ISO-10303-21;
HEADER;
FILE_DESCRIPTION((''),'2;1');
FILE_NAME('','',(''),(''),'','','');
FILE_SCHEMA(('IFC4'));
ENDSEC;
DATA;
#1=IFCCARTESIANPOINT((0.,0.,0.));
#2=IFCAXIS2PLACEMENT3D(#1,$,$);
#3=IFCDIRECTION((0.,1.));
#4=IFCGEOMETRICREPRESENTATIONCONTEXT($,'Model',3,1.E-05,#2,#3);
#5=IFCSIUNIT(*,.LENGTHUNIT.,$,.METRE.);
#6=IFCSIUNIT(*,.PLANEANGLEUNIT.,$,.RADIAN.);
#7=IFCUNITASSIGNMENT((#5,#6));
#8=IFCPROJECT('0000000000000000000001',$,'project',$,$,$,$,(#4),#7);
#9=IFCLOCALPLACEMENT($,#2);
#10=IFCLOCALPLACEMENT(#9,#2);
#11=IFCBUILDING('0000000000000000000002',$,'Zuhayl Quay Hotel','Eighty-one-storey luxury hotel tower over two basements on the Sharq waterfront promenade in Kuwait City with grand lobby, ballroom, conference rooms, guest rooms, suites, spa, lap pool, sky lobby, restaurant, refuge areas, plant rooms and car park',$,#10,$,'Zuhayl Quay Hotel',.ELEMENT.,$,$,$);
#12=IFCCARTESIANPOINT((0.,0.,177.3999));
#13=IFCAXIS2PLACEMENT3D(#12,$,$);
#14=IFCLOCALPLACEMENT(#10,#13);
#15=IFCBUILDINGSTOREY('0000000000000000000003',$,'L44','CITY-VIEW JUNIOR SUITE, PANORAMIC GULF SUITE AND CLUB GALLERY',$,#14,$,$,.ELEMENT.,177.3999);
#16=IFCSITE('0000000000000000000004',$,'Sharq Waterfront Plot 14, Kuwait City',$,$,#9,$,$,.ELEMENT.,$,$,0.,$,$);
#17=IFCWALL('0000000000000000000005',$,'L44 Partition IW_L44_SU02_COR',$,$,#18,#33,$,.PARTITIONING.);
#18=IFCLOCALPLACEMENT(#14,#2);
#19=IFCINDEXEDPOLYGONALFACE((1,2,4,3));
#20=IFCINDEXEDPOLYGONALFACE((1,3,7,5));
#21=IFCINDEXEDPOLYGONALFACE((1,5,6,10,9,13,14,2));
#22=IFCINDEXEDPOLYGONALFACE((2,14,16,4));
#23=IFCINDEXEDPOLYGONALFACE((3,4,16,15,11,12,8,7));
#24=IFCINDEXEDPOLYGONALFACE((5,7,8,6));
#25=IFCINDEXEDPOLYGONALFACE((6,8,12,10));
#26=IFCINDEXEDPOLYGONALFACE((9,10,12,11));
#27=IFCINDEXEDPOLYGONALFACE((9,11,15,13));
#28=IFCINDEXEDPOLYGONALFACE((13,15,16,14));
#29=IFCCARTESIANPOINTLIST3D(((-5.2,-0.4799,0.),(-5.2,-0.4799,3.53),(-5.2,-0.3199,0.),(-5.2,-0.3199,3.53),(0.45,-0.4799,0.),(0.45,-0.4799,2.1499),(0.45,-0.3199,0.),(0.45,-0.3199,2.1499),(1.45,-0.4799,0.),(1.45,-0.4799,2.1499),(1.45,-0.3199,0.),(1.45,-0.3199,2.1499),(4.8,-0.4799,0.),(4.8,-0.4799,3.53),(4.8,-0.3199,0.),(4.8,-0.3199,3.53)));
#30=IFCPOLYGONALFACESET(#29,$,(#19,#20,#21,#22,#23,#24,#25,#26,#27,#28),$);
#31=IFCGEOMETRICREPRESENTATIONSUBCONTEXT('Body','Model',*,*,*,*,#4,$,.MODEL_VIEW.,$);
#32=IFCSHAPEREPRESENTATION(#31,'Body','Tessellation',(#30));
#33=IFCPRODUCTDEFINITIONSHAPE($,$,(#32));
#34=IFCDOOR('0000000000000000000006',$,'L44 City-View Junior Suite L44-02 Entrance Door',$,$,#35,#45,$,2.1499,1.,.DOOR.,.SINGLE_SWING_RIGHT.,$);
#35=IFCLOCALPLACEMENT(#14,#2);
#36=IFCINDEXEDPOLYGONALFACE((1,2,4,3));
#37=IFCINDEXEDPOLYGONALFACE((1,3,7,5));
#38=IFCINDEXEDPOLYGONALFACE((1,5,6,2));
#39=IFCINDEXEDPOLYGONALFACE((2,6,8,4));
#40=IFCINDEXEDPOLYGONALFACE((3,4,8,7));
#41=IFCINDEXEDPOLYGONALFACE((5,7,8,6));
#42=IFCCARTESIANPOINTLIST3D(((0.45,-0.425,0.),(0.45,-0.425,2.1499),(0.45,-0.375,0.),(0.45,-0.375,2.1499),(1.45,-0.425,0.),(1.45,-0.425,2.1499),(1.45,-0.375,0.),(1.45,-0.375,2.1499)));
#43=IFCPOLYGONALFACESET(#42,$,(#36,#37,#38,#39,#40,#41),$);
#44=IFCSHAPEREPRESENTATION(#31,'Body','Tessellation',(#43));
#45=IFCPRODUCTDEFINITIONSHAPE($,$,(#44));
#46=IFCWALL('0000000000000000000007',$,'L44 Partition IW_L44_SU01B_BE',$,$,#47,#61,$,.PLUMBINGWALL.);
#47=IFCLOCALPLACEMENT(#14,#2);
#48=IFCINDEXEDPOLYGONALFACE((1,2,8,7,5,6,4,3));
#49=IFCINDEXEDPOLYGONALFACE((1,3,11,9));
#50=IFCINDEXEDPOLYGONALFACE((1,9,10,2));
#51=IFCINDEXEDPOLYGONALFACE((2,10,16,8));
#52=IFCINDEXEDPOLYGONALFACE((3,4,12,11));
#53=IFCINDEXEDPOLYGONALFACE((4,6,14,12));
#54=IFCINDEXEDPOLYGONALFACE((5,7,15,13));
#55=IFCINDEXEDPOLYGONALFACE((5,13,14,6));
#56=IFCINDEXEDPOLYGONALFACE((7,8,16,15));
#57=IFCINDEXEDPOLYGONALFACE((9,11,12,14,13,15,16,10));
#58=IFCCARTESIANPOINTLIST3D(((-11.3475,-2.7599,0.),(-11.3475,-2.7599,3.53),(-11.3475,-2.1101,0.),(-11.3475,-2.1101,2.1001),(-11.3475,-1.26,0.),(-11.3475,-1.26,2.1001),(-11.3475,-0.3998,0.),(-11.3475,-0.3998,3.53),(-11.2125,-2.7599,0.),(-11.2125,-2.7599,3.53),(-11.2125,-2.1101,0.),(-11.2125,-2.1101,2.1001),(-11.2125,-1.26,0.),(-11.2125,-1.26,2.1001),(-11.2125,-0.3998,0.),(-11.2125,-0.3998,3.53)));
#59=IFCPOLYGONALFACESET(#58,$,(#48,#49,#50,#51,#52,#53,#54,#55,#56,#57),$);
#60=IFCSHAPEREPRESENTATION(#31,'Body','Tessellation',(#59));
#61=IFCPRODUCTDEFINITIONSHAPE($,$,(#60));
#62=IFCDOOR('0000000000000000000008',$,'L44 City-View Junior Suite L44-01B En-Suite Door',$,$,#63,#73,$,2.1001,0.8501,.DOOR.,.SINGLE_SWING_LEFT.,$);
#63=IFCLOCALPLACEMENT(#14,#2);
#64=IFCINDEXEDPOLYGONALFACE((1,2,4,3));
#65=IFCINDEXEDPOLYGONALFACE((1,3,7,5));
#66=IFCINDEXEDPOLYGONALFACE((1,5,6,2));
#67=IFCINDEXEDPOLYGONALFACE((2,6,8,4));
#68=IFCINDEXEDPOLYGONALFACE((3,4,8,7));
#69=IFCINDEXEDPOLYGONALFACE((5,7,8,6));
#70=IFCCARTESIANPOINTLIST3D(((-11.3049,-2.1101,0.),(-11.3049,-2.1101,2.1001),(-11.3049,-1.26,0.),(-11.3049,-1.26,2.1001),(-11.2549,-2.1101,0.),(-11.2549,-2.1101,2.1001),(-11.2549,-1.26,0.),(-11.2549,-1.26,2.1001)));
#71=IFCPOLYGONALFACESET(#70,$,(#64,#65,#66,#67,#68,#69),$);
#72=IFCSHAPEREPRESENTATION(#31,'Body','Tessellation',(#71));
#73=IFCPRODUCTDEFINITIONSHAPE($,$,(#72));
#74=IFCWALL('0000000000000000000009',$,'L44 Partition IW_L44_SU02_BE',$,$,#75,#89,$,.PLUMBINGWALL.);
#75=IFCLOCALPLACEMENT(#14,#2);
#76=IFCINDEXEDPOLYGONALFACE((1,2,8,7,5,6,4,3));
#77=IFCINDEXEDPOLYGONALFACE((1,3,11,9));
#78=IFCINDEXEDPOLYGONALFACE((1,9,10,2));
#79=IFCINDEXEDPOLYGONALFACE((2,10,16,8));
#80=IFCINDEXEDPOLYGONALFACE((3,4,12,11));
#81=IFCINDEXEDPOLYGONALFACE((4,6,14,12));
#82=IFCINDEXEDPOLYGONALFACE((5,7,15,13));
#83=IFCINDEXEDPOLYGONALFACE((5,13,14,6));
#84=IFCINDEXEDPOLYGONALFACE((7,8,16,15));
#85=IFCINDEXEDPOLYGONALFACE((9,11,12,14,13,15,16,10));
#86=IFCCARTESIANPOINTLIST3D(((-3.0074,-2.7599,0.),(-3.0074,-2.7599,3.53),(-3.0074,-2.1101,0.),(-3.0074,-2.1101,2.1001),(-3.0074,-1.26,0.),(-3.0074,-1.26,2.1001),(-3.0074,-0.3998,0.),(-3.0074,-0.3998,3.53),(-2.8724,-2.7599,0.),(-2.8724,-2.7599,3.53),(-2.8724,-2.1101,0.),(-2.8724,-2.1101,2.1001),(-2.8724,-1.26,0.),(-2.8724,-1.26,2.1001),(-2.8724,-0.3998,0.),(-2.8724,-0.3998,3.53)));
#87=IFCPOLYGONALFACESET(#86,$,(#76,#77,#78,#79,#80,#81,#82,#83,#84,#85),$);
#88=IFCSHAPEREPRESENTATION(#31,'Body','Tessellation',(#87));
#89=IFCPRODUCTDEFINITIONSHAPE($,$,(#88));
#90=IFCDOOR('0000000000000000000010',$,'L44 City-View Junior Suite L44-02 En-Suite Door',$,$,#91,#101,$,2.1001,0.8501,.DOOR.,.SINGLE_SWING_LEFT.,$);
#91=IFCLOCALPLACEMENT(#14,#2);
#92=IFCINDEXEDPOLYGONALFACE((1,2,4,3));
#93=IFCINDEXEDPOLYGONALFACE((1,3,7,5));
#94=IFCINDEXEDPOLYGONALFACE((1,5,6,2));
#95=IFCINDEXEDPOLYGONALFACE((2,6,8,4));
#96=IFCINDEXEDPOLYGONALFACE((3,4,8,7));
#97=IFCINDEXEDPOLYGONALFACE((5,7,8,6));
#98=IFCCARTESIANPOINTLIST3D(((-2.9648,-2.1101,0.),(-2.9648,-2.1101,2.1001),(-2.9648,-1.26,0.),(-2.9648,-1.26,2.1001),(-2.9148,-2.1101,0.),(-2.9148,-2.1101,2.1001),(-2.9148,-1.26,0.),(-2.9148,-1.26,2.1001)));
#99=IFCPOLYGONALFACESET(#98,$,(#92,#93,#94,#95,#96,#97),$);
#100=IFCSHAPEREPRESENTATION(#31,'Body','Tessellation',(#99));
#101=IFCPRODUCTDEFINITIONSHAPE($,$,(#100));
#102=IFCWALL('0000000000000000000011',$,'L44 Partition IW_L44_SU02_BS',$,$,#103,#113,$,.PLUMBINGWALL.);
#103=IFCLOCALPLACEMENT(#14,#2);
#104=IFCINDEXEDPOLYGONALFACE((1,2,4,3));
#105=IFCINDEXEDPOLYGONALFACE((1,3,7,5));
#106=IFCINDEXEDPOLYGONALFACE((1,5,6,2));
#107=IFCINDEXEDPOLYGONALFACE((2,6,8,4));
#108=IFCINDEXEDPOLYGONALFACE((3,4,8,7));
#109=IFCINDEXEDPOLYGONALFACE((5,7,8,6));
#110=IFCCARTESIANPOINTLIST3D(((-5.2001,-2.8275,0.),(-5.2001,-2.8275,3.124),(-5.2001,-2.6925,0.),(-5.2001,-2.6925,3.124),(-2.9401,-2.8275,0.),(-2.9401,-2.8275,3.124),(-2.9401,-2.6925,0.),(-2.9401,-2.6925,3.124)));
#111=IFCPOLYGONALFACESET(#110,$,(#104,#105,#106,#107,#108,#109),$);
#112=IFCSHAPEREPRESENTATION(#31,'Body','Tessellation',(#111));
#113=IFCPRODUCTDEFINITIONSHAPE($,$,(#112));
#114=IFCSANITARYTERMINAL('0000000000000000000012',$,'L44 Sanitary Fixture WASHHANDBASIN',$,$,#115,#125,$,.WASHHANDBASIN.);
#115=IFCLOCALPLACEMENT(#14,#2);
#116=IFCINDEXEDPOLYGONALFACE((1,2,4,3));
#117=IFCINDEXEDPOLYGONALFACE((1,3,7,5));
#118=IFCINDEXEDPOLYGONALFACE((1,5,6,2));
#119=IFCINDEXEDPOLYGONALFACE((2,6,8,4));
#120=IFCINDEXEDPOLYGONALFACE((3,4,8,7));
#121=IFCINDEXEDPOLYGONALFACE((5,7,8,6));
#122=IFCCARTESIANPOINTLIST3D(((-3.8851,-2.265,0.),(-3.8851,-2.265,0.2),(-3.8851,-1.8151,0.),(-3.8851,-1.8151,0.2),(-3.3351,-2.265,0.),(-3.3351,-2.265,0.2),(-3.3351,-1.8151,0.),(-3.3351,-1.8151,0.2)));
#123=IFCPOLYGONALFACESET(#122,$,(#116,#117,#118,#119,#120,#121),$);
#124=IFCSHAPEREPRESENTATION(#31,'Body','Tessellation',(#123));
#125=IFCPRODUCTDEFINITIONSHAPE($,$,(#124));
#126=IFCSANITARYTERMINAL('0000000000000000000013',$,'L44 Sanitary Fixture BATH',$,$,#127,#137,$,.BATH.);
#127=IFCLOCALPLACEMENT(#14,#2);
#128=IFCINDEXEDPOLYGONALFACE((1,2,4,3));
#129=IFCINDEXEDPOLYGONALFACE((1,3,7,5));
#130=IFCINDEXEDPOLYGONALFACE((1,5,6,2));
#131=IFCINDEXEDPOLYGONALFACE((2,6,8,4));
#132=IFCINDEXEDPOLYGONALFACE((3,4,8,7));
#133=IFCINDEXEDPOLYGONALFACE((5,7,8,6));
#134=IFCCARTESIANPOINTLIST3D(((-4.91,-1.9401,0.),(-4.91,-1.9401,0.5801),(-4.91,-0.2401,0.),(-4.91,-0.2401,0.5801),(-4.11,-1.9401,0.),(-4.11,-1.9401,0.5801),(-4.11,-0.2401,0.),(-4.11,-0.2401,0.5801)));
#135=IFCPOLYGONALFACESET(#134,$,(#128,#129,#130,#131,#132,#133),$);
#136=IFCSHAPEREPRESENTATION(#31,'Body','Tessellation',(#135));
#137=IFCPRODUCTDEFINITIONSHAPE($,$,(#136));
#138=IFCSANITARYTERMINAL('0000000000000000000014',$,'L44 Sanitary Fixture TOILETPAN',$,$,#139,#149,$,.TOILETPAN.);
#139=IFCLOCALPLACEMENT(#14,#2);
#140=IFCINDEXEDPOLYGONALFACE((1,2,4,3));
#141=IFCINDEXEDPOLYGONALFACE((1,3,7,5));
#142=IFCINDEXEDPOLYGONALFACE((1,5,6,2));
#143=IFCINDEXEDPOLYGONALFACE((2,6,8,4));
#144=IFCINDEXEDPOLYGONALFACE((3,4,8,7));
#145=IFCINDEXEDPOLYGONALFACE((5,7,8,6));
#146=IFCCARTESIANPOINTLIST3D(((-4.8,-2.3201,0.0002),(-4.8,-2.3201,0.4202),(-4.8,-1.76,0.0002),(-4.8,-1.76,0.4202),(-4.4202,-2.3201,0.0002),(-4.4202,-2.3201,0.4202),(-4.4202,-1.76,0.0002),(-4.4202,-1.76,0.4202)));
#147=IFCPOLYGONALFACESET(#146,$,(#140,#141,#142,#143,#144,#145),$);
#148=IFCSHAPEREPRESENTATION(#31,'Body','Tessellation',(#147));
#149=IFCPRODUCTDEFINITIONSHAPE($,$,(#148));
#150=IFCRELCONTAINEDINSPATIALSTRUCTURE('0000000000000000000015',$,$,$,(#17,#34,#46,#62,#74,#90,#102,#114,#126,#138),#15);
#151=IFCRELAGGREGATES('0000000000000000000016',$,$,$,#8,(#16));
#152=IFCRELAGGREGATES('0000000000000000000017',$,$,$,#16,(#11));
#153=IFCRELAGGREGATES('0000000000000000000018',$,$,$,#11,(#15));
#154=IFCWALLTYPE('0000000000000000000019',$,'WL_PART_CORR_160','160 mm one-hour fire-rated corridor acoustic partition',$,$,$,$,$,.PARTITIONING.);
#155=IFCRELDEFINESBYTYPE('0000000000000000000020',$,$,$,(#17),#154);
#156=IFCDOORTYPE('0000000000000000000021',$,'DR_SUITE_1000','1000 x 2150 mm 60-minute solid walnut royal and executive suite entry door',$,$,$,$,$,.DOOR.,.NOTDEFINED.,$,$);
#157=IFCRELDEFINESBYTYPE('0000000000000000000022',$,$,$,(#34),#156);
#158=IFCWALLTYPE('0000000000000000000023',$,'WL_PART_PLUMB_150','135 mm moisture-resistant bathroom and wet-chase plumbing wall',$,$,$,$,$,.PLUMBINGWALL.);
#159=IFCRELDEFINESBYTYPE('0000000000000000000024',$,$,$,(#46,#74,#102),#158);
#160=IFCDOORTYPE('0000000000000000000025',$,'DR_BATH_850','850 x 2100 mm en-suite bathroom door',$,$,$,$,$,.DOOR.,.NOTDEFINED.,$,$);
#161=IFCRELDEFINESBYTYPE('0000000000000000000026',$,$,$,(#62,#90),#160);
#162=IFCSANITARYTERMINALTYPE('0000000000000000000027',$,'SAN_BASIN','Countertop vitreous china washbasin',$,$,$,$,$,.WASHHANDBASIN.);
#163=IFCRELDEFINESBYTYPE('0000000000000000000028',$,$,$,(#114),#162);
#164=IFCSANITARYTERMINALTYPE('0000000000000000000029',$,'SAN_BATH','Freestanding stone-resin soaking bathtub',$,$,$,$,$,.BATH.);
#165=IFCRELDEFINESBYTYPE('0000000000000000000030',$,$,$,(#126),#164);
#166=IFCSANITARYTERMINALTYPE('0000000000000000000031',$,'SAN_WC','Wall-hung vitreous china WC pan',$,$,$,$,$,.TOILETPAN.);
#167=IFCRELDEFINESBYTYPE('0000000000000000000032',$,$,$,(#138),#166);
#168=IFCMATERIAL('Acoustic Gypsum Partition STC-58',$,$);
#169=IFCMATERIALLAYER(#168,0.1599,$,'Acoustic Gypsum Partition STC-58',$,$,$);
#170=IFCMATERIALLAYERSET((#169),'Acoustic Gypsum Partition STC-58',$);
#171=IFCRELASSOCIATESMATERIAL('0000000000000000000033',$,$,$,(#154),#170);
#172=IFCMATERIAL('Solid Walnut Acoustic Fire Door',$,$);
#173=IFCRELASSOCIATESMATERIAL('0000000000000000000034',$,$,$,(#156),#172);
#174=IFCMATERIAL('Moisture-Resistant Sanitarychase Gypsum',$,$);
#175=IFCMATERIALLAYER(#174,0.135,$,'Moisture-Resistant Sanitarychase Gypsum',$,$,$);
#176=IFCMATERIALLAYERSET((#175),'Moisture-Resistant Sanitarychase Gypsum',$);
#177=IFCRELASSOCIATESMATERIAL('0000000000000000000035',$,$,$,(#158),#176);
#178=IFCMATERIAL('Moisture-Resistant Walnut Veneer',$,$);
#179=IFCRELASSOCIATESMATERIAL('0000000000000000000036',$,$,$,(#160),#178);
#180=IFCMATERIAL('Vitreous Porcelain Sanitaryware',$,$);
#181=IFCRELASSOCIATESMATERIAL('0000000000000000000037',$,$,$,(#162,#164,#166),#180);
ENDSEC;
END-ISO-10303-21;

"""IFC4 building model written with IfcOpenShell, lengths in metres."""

from ifc_helpers import new_model, si_unit, direction, frame, frame_2d, origin, origin_2d, place, context, subcontext, project, spatial, rectangle, extrude, material, layer, layer_set, type_object, element, fill, save


model = new_model("IFC4")

# Units and contexts
model_context = context("Model", 3, precision=1e-05, world=origin(), true_north=direction((0.0, 1.0)))
body_context = subcontext(model_context, "Body", "Model", "MODEL_VIEW")
ifc_project = project(units=[si_unit("LENGTHUNIT", "METRE"), si_unit("PLANEANGLEUNIT", "RADIAN")], contexts=[model_context])

# Site, building, storey
site_placement = place(None, origin())
site = spatial("IfcSite", under=ifc_project, at=site_placement, Name="Sharq Waterfront Plot 14, Kuwait City", CompositionType="ELEMENT", RefElevation=0.0)
building_placement = place(site_placement, origin())
building = spatial("IfcBuilding", under=site, at=building_placement, Name="Zuhayl Quay Hotel", Description="Eighty-one-storey luxury hotel tower over two basements on the Sharq waterfront promenade in Kuwait City with grand lobby, ballroom, conference rooms, guest rooms, suites, spa, lap pool, sky lobby, restaurant, refuge areas, plant rooms and car park", LongName="Zuhayl Quay Hotel", CompositionType="ELEMENT")
storey_placement = place(building_placement, frame((0.0, 0.0, 177.3999)))
storey = spatial("IfcBuildingStorey", under=building, at=storey_placement, Name="L44", Description="CITY-VIEW JUNIOR SUITE, PANORAMIC GULF SUITE AND CLUB GALLERY", CompositionType="ELEMENT", Elevation=177.3999)

# Shared definitions
ifc_material_1 = material(Name="Acoustic Gypsum Partition STC-58")

# Walls, openings, doors
ifc_layer_1 = layer(ifc_material_1, 0.1599, Name="Acoustic Gypsum Partition STC-58")
ifc_layer_set_1 = layer_set([ifc_layer_1], Name="Acoustic Gypsum Partition STC-58")
wall_type_1 = type_object("IfcWallType", Name="WL_PART_CORR_160", Description="160 mm one-hour fire-rated corridor acoustic partition", PredefinedType="PARTITIONING", material=ifc_layer_set_1)
wall_1_placement = place(storey_placement, frame((-5.2, -0.3999, 0.0), z_axis=(0.0, 0.0, 1.0), x_axis=(1.0, 0.0, 0.0)))
wall_1 = element("IfcWall", 1, at=wall_1_placement, inside=storey, type_object=wall_type_1, Name="L44 Partition IW_L44_SU02_COR", PredefinedType="PARTITIONING", context=body_context, shape_type="SweptSolid", body=[
    extrude(rectangle(XDim=10.0, YDim=0.1599, at=frame_2d((5.0, 0.0))), origin(), (0.0, 0.0, 1.0), 3.53),
])
opening_1_placement = place(wall_1_placement, frame((5.6499, 0.0, 0.0)))
opening_1 = element("IfcOpeningElement", 2, at=opening_1_placement, cuts=wall_1, PredefinedType="OPENING", context=body_context, shape_type="SweptSolid", body=[
    extrude(rectangle(XDim=1.0, YDim=2.1499, at=frame_2d((0.5, 1.075))), frame((0.0, 0.0898, 0.0), z_axis=(0.0, -1.0, 0.0), x_axis=(1.0, 0.0, 0.0)), (0.0, 0.0, 1.0), 0.1799),
])
ifc_material_2 = material(Name="Solid Walnut Acoustic Fire Door")
door_type_1 = type_object("IfcDoorType", Name="DR_SUITE_1000", Description="1000 x 2150 mm 60-minute solid walnut royal and executive suite entry door", OperationType="NOTDEFINED", PredefinedType="DOOR", material=ifc_material_2)
door_1_placement = place(opening_1_placement, origin())
door_1 = element("IfcDoor", 3, at=door_1_placement, inside=storey, type_object=door_type_1, Name="L44 City-View Junior Suite L44-02 Entrance Door", OperationType="SINGLE_SWING_RIGHT", OverallHeight=2.1499, OverallWidth=1.0, PredefinedType="DOOR", context=body_context, shape_type="SweptSolid", body=[
    extrude(rectangle(XDim=1.0, YDim=2.1499, at=frame_2d((0.5, 1.075))), frame((0.0, 0.0249, 0.0), z_axis=(0.0, -1.0, 0.0), x_axis=(1.0, 0.0, 0.0)), (0.0, 0.0, 1.0), 0.05),
])
fill(opening_1, door_1)
ifc_material_3 = material(Name="Moisture-Resistant Sanitarychase Gypsum")
ifc_layer_2 = layer(ifc_material_3, 0.135, Name="Moisture-Resistant Sanitarychase Gypsum")
ifc_layer_set_2 = layer_set([ifc_layer_2], Name="Moisture-Resistant Sanitarychase Gypsum")
wall_type_2 = type_object("IfcWallType", Name="WL_PART_PLUMB_150", Description="135 mm moisture-resistant bathroom and wet-chase plumbing wall", PredefinedType="PLUMBINGWALL", material=ifc_layer_set_2)
wall_2_placement = place(storey_placement, frame((-11.28, -2.76, 0.0), z_axis=(0.0, 0.0, 1.0), x_axis=(0.0, 1.0, 0.0)))
wall_2 = element("IfcWall", 4, at=wall_2_placement, inside=storey, type_object=wall_type_2, Name="L44 Partition IW_L44_SU01B_BE", PredefinedType="PLUMBINGWALL", context=body_context, shape_type="SweptSolid", body=[
    extrude(rectangle(XDim=2.3601, YDim=0.135, at=frame_2d((1.1802, 0.0))), origin(), (0.0, 0.0, 1.0), 3.53),
])
opening_2_placement = place(wall_2_placement, frame((0.6499, 0.0, 0.0)))
opening_2 = element("IfcOpeningElement", 5, at=opening_2_placement, cuts=wall_2, PredefinedType="OPENING", context=body_context, shape_type="SweptSolid", body=[
    extrude(rectangle(XDim=0.8501, YDim=2.1001, at=frame_2d((0.425, 1.05))), frame((0.0, 0.0774, 0.0), z_axis=(0.0, -1.0, 0.0), x_axis=(1.0, 0.0, 0.0)), (0.0, 0.0, 1.0), 0.155),
])
ifc_material_4 = material(Name="Moisture-Resistant Walnut Veneer")
door_type_2 = type_object("IfcDoorType", Name="DR_BATH_850", Description="850 x 2100 mm en-suite bathroom door", OperationType="NOTDEFINED", PredefinedType="DOOR", material=ifc_material_4)
door_2_placement = place(opening_2_placement, origin())
door_2 = element("IfcDoor", 6, at=door_2_placement, inside=storey, type_object=door_type_2, Name="L44 City-View Junior Suite L44-01B En-Suite Door", OperationType="SINGLE_SWING_LEFT", OverallHeight=2.1001, OverallWidth=0.8501, PredefinedType="DOOR", context=body_context, shape_type="SweptSolid", body=[
    extrude(rectangle(XDim=0.8501, YDim=2.1001, at=frame_2d((0.425, 1.05))), frame((0.0, 0.0249, 0.0), z_axis=(0.0, -1.0, 0.0), x_axis=(1.0, 0.0, 0.0)), (0.0, 0.0, 1.0), 0.05),
])
fill(opening_2, door_2)
wall_3_placement = place(storey_placement, frame((-2.9399, -2.76, 0.0), z_axis=(0.0, 0.0, 1.0), x_axis=(0.0, 1.0, 0.0)))
wall_3 = element("IfcWall", 7, at=wall_3_placement, inside=storey, type_object=wall_type_2, Name="L44 Partition IW_L44_SU02_BE", PredefinedType="PLUMBINGWALL", context=body_context, shape_type="SweptSolid", body=[
    extrude(rectangle(XDim=2.3601, YDim=0.135, at=frame_2d((1.1802, 0.0))), origin(), (0.0, 0.0, 1.0), 3.53),
])
opening_3_placement = place(wall_3_placement, frame((0.6499, 0.0, 0.0)))
opening_3 = element("IfcOpeningElement", 8, at=opening_3_placement, cuts=wall_3, PredefinedType="OPENING", context=body_context, shape_type="SweptSolid", body=[
    extrude(rectangle(XDim=0.8501, YDim=2.1001, at=frame_2d((0.425, 1.05))), frame((0.0, 0.0774, 0.0), z_axis=(0.0, -1.0, 0.0), x_axis=(1.0, 0.0, 0.0)), (0.0, 0.0, 1.0), 0.155),
])
door_3_placement = place(opening_3_placement, origin())
door_3 = element("IfcDoor", 9, at=door_3_placement, inside=storey, type_object=door_type_2, Name="L44 City-View Junior Suite L44-02 En-Suite Door", OperationType="SINGLE_SWING_LEFT", OverallHeight=2.1001, OverallWidth=0.8501, PredefinedType="DOOR", context=body_context, shape_type="SweptSolid", body=[
    extrude(rectangle(XDim=0.8501, YDim=2.1001, at=frame_2d((0.425, 1.05))), frame((0.0, 0.0249, 0.0), z_axis=(0.0, -1.0, 0.0), x_axis=(1.0, 0.0, 0.0)), (0.0, 0.0, 1.0), 0.05),
])
fill(opening_3, door_3)

# Wall
wall_4_placement = place(storey_placement, frame((-5.2, -2.76, 0.0), z_axis=(0.0, 0.0, 1.0), x_axis=(1.0, 0.0, 0.0)))
element("IfcWall", 10, at=wall_4_placement, inside=storey, type_object=wall_type_2, Name="L44 Partition IW_L44_SU02_BS", PredefinedType="PLUMBINGWALL", context=body_context, shape_type="SweptSolid", body=[
    extrude(rectangle(XDim=2.26, YDim=0.135, at=frame_2d((1.1299, 0.0))), origin(), (0.0, 0.0, 1.0), 3.124),
])

# Sanitary terminals
ifc_material_5 = material(Name="Vitreous Porcelain Sanitaryware")
sanitary_terminal_type_1 = type_object("IfcSanitaryTerminalType", Name="SAN_BASIN", Description="Countertop vitreous china washbasin", PredefinedType="WASHHANDBASIN", material=ifc_material_5)
sanitary_terminal_1_placement = place(storey_placement, frame((-3.6101, -2.04, 0.0), z_axis=(0.0, 0.0, 1.0), x_axis=(1.0, 0.0, 0.0)))
element("IfcSanitaryTerminal", 11, at=sanitary_terminal_1_placement, inside=storey, type_object=sanitary_terminal_type_1, Name="L44 Sanitary Fixture WASHHANDBASIN", PredefinedType="WASHHANDBASIN", context=body_context, shape_type="SweptSolid", body=[
    extrude(rectangle(XDim=0.55, YDim=0.45, at=origin_2d()), origin(), (0.0, 0.0, 1.0), 0.2),
])
sanitary_terminal_type_2 = type_object("IfcSanitaryTerminalType", Name="SAN_BATH", Description="Freestanding stone-resin soaking bathtub", PredefinedType="BATH", material=ifc_material_5)
sanitary_terminal_2_placement = place(storey_placement, frame((-4.51, -1.0901, 0.0), z_axis=(0.0, 0.0, 1.0), x_axis=(1.0, 0.0, 0.0)))
element("IfcSanitaryTerminal", 12, at=sanitary_terminal_2_placement, inside=storey, type_object=sanitary_terminal_type_2, Name="L44 Sanitary Fixture BATH", PredefinedType="BATH", context=body_context, shape_type="SweptSolid", body=[
    extrude(rectangle(XDim=0.8, YDim=1.7, at=origin_2d()), origin(), (0.0, 0.0, 1.0), 0.5801),
])
sanitary_terminal_type_3 = type_object("IfcSanitaryTerminalType", Name="SAN_WC", Description="Wall-hung vitreous china WC pan", PredefinedType="TOILETPAN", material=ifc_material_5)
sanitary_terminal_3_placement = place(storey_placement, frame((-4.6101, -2.04, 0.0002), z_axis=(0.0, 0.0, 1.0), x_axis=(1.0, 0.0, 0.0)))
element("IfcSanitaryTerminal", 13, at=sanitary_terminal_3_placement, inside=storey, type_object=sanitary_terminal_type_3, Name="L44 Sanitary Fixture TOILETPAN", PredefinedType="TOILETPAN", context=body_context, shape_type="SweptSolid", body=[
    extrude(rectangle(XDim=0.3799, YDim=0.5601, at=origin_2d()), origin(), (0.0, 0.0, 1.0), 0.4199),
])

save(model, "model.ifc")
